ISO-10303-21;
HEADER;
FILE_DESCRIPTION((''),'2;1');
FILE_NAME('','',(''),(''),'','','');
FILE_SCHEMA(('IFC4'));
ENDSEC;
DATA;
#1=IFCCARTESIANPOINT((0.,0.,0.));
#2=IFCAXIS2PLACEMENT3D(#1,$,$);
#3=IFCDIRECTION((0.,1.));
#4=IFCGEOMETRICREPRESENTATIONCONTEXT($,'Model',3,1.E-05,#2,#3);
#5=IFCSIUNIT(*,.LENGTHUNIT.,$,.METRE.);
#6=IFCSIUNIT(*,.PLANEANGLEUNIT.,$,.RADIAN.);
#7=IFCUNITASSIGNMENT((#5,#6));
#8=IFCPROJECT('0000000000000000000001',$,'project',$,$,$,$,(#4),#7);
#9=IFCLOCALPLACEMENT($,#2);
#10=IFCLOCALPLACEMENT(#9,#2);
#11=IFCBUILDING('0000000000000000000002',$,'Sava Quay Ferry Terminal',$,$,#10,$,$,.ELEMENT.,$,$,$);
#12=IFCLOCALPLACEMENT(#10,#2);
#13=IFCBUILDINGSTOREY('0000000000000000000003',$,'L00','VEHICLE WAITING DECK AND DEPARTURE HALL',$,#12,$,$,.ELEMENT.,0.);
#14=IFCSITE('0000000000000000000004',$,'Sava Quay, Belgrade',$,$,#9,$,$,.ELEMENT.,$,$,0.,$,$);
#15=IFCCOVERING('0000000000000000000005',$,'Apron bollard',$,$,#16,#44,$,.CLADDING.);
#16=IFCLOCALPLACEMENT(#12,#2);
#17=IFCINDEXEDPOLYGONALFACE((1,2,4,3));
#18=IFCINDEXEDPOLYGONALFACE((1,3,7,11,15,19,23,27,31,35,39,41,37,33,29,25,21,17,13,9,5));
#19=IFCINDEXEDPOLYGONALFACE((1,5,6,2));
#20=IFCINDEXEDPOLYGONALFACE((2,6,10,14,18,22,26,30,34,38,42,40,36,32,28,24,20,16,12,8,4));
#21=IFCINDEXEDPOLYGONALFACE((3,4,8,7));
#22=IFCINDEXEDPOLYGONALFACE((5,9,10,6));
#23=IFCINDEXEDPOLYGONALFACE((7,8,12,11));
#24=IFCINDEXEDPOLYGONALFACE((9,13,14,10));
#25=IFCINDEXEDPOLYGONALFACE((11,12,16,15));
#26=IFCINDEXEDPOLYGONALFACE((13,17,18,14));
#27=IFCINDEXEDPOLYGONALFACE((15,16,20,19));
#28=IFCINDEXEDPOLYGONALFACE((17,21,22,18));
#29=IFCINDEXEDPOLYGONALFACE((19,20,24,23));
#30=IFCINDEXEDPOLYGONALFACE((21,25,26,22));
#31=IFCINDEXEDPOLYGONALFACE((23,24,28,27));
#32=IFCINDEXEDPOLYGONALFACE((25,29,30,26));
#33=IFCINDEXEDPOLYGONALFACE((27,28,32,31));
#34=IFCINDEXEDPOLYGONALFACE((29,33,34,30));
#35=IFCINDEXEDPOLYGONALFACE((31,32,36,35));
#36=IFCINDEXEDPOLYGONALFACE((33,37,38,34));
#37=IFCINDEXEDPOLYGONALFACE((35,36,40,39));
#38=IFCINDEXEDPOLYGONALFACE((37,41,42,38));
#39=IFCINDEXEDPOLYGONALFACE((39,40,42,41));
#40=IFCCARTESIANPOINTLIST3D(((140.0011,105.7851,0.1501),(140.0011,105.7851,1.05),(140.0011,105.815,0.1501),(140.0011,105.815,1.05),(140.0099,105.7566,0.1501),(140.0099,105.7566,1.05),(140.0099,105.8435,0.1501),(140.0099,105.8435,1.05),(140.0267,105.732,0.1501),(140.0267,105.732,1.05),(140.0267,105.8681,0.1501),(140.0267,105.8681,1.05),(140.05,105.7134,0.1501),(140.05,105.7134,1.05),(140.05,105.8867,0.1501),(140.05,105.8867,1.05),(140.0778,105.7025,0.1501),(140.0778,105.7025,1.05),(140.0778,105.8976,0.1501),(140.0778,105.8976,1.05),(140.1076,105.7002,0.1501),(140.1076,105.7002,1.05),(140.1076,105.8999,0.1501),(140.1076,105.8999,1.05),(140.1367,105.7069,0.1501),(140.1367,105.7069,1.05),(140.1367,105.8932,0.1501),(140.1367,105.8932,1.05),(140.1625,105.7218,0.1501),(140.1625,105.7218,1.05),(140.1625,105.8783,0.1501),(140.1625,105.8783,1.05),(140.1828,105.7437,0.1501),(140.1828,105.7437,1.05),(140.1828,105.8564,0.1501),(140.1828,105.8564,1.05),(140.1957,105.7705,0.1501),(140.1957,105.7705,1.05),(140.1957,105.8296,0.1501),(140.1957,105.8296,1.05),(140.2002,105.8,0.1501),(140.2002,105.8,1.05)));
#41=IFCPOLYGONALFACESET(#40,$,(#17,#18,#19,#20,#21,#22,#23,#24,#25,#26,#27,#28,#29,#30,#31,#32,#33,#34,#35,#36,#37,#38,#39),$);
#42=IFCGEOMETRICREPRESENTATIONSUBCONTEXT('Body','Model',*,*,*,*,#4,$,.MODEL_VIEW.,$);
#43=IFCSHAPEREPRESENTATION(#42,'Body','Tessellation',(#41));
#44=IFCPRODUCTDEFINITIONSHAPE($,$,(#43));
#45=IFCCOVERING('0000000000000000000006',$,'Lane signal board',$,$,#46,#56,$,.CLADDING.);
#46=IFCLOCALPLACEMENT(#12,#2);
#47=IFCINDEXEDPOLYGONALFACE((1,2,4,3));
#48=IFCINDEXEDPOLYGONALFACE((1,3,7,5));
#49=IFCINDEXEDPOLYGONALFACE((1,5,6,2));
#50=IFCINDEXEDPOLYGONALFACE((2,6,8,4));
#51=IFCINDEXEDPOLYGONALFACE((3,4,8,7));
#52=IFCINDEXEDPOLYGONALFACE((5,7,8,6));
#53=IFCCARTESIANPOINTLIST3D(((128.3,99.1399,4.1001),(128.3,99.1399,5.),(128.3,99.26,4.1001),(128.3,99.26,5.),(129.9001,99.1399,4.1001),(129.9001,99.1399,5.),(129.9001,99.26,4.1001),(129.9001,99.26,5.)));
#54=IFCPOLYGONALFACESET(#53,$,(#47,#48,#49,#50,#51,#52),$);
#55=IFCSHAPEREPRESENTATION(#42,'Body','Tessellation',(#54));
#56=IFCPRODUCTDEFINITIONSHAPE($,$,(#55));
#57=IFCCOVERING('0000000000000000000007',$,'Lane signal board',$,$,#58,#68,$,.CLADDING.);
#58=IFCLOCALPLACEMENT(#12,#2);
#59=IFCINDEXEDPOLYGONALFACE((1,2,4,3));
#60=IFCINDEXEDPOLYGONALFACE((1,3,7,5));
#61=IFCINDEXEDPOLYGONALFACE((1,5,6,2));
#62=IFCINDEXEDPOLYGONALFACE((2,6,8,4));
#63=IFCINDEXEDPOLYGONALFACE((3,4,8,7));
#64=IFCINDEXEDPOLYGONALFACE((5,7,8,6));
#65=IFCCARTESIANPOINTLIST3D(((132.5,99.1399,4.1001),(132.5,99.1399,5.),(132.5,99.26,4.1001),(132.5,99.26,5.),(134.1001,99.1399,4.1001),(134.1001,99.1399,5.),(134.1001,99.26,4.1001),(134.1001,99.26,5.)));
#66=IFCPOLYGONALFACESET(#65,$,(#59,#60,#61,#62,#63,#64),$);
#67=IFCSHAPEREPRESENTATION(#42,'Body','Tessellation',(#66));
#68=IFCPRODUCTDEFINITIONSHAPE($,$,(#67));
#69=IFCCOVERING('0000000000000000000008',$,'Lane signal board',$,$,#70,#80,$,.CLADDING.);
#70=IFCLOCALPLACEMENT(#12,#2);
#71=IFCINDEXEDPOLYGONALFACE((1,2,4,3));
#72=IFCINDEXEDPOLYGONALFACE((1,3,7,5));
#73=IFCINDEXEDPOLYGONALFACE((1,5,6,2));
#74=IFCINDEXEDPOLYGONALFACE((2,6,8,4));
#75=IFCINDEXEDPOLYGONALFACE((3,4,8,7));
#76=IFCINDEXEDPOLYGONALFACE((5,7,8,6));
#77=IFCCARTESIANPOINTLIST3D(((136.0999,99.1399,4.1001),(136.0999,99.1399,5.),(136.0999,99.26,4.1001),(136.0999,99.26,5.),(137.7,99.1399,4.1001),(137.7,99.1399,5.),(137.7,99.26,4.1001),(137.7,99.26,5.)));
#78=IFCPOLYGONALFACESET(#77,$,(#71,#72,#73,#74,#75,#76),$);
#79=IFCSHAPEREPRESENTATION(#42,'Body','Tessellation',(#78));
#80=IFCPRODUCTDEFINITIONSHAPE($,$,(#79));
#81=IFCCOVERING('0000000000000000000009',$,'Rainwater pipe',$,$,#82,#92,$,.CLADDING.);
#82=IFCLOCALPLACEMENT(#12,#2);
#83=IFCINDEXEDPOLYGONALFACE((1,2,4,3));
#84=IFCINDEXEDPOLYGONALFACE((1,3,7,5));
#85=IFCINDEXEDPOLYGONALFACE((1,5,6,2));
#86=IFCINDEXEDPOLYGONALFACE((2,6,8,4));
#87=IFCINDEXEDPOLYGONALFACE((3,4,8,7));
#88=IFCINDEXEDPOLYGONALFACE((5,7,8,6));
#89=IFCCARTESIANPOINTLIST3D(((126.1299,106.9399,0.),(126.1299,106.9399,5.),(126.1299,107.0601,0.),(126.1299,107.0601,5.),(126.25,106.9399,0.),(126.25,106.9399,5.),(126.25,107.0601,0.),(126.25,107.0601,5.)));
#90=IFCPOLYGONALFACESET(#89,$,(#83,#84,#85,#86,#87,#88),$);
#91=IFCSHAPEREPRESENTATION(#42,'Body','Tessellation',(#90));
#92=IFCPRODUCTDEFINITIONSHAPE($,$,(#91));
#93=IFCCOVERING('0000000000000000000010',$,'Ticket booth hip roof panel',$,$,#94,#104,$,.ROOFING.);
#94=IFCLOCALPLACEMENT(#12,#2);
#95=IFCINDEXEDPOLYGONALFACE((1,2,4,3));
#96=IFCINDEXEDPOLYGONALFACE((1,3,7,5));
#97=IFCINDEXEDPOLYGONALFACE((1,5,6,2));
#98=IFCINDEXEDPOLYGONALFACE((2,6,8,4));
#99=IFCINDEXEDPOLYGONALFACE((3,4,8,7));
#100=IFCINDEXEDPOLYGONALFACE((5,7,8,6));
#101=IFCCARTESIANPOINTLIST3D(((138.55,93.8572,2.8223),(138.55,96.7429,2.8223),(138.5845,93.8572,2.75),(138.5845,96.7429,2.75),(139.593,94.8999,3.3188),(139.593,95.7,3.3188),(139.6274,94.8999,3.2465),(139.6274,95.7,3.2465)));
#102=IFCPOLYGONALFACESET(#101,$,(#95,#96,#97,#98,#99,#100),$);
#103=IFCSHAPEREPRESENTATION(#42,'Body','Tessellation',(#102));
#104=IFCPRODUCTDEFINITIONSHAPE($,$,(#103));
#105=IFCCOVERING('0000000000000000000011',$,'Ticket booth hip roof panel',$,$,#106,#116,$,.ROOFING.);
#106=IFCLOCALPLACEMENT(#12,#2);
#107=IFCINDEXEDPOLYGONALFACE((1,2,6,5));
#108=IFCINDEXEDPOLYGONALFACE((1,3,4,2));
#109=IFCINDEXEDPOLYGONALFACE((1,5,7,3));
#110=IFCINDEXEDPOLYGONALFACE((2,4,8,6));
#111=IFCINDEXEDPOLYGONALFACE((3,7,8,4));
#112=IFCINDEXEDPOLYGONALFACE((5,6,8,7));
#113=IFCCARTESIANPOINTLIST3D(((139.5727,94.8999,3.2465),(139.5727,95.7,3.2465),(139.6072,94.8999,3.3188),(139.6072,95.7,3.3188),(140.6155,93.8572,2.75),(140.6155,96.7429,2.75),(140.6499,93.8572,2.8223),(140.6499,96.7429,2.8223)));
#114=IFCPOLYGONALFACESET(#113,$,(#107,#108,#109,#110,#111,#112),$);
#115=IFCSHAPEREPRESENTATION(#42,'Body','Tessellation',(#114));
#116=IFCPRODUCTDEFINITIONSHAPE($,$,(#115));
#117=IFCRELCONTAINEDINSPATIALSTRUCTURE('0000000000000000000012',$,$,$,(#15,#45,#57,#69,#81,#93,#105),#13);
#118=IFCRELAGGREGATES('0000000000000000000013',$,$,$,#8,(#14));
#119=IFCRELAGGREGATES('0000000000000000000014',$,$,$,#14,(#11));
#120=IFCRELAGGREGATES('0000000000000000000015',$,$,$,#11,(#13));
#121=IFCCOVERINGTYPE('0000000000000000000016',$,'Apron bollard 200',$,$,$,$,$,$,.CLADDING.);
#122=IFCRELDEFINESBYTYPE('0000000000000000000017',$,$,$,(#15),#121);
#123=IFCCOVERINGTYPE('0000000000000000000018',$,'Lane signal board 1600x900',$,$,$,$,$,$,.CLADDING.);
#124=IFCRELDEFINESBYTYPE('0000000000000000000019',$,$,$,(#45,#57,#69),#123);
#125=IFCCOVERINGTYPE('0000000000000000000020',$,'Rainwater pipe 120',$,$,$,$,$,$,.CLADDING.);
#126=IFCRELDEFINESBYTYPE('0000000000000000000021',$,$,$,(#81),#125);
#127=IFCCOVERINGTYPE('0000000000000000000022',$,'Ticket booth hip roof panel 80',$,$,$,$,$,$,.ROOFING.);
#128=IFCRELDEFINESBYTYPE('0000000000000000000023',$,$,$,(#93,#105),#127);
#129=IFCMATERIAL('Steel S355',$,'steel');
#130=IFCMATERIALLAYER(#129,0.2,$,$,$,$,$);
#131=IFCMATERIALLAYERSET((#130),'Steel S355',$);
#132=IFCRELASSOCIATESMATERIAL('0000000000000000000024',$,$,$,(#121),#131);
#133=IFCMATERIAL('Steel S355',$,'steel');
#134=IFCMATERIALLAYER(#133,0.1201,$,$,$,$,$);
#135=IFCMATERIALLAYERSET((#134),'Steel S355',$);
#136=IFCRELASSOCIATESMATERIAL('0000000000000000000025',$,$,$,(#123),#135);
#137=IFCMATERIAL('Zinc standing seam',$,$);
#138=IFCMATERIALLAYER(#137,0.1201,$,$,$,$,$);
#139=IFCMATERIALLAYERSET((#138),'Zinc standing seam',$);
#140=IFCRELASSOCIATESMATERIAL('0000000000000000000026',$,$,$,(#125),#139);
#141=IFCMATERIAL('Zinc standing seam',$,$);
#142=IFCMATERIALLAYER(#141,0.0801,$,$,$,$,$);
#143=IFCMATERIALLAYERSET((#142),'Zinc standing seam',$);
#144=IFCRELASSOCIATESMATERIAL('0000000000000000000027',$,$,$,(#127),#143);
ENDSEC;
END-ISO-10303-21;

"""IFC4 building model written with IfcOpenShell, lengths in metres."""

from ifc_helpers import new_model, si_unit, direction, frame, origin, origin_2d, place, context, subcontext, project, spatial, polyline, rectangle, circle, outline, extrude, material, layer, layer_set, type_object, element, save


model = new_model("IFC4")

# Units and contexts
model_context = context("Model", 3, precision=1e-05, world=origin(), true_north=direction((0.0, 1.0)))
body_context = subcontext(model_context, "Body", "Model", "MODEL_VIEW")
ifc_project = project(units=[si_unit("LENGTHUNIT", "METRE"), si_unit("PLANEANGLEUNIT", "RADIAN")], contexts=[model_context])

# Site, building, storey
site_placement = place(None, origin())
site = spatial("IfcSite", under=ifc_project, at=site_placement, Name="Sava Quay, Belgrade", CompositionType="ELEMENT", RefElevation=0.0)
building_placement = place(site_placement, origin())
building = spatial("IfcBuilding", under=site, at=building_placement, Name="Sava Quay Ferry Terminal", CompositionType="ELEMENT")
storey_placement = place(building_placement, origin())
storey = spatial("IfcBuildingStorey", under=building, at=storey_placement, Name="L00", Description="VEHICLE WAITING DECK AND DEPARTURE HALL", CompositionType="ELEMENT", Elevation=0.0)

# Coverings
ifc_material_1 = material(Name="Steel S355", Category="steel")
ifc_layer_1 = layer(ifc_material_1, 0.2)
ifc_layer_set_1 = layer_set([ifc_layer_1], Name="Steel S355")
covering_type_1 = type_object("IfcCoveringType", Name="Apron bollard 200", PredefinedType="CLADDING", material=ifc_layer_set_1)
for number, where, z_axis, x_axis, name in (
    (1, (140.1001, 105.8, 1.05), (0.0, 0.0, -1.0), (1.0, 0.0, 0.0), "Apron bollard"),
):
    element("IfcCovering", number, at=place(storey_placement, frame(where, z_axis=z_axis, x_axis=x_axis)), inside=storey, type_object=covering_type_1, Name=name, PredefinedType="CLADDING", context=body_context, shape_type="SweptSolid", body=[
        extrude(circle(Radius=0.1001, at=origin_2d()), origin(), (0.0, 0.0, 1.0), 0.8999),
    ])
ifc_material_2 = material(Name="Steel S355", Category="steel")
ifc_layer_2 = layer(ifc_material_2, 0.1201)
ifc_layer_set_2 = layer_set([ifc_layer_2], Name="Steel S355")
covering_type_2 = type_object("IfcCoveringType", Name="Lane signal board 1600x900", PredefinedType="CLADDING", material=ifc_layer_set_2)
for number, where, z_axis, x_axis, name in (
    (2, (129.1001, 99.2, 4.1001), (0.0, 0.0, 1.0), (1.0, 0.0, 0.0), "Lane signal board"),
    (3, (133.3, 99.2, 4.1001), (0.0, 0.0, 1.0), (1.0, 0.0, 0.0), "Lane signal board"),
    (4, (136.8999, 99.2, 4.1001), (0.0, 0.0, 1.0), (1.0, 0.0, 0.0), "Lane signal board"),
):
    element("IfcCovering", number, at=place(storey_placement, frame(where, z_axis=z_axis, x_axis=x_axis)), inside=storey, type_object=covering_type_2, Name=name, PredefinedType="CLADDING", context=body_context, shape_type="SweptSolid", body=[
        extrude(rectangle(XDim=1.6001, YDim=0.1201, at=origin_2d()), origin(), (0.0, 0.0, 1.0), 0.8999),
    ])
ifc_material_3 = material(Name="Zinc standing seam")
ifc_layer_3 = layer(ifc_material_3, 0.1201)
ifc_layer_set_3 = layer_set([ifc_layer_3], Name="Zinc standing seam")
covering_type_3 = type_object("IfcCoveringType", Name="Rainwater pipe 120", PredefinedType="CLADDING", material=ifc_layer_set_3)
covering_1_placement = place(storey_placement, frame((126.1899, 107.0, 0.0), z_axis=(0.0, 0.0, 1.0), x_axis=(1.0, 0.0, 0.0)))
element("IfcCovering", 5, at=covering_1_placement, inside=storey, type_object=covering_type_3, Name="Rainwater pipe", PredefinedType="CLADDING", context=body_context, shape_type="SweptSolid", body=[
    extrude(rectangle(XDim=0.1201, YDim=0.1201, at=origin_2d()), origin(), (0.0, 0.0, 1.0), 5.0),
])
ifc_material_4 = material(Name="Zinc standing seam")
ifc_layer_4 = layer(ifc_material_4, 0.0801)
ifc_layer_set_4 = layer_set([ifc_layer_4], Name="Zinc standing seam")
covering_type_4 = type_object("IfcCoveringType", Name="Ticket booth hip roof panel 80", PredefinedType="ROOFING", material=ifc_layer_set_4)
covering_2_placement = place(storey_placement, frame((138.55, 96.7429, 2.8223), z_axis=(-0.429884, 0.0, 0.902884), x_axis=(0.0, -1.0, 0.0)))
element("IfcCovering", 6, at=covering_2_placement, inside=storey, type_object=covering_type_4, Name="Ticket booth hip roof panel", PredefinedType="ROOFING", context=body_context, shape_type="SweptSolid", body=[
    extrude(outline(polyline([(0.0, 0.0), (2.8857, 0.0), (1.843, 1.1552), (1.043, 1.1552), (0.0, 0.0)])), origin(), (0.0, 0.0, -1.0), 0.0801),
])
covering_3_placement = place(storey_placement, frame((140.6499, 93.8572, 2.8223), z_axis=(0.429966, 0.0, 0.902845), x_axis=(0.0, 1.0, 0.0)))
element("IfcCovering", 7, at=covering_3_placement, inside=storey, type_object=covering_type_4, Name="Ticket booth hip roof panel", PredefinedType="ROOFING", context=body_context, shape_type="SweptSolid", body=[
    extrude(outline(polyline([(0.0, 0.0), (2.8857, 0.0), (1.8428, 1.1549), (1.0427, 1.1549), (0.0, 0.0)])), origin(), (0.0, 0.0, -1.0), 0.0801),
])

save(model, "model.ifc")
